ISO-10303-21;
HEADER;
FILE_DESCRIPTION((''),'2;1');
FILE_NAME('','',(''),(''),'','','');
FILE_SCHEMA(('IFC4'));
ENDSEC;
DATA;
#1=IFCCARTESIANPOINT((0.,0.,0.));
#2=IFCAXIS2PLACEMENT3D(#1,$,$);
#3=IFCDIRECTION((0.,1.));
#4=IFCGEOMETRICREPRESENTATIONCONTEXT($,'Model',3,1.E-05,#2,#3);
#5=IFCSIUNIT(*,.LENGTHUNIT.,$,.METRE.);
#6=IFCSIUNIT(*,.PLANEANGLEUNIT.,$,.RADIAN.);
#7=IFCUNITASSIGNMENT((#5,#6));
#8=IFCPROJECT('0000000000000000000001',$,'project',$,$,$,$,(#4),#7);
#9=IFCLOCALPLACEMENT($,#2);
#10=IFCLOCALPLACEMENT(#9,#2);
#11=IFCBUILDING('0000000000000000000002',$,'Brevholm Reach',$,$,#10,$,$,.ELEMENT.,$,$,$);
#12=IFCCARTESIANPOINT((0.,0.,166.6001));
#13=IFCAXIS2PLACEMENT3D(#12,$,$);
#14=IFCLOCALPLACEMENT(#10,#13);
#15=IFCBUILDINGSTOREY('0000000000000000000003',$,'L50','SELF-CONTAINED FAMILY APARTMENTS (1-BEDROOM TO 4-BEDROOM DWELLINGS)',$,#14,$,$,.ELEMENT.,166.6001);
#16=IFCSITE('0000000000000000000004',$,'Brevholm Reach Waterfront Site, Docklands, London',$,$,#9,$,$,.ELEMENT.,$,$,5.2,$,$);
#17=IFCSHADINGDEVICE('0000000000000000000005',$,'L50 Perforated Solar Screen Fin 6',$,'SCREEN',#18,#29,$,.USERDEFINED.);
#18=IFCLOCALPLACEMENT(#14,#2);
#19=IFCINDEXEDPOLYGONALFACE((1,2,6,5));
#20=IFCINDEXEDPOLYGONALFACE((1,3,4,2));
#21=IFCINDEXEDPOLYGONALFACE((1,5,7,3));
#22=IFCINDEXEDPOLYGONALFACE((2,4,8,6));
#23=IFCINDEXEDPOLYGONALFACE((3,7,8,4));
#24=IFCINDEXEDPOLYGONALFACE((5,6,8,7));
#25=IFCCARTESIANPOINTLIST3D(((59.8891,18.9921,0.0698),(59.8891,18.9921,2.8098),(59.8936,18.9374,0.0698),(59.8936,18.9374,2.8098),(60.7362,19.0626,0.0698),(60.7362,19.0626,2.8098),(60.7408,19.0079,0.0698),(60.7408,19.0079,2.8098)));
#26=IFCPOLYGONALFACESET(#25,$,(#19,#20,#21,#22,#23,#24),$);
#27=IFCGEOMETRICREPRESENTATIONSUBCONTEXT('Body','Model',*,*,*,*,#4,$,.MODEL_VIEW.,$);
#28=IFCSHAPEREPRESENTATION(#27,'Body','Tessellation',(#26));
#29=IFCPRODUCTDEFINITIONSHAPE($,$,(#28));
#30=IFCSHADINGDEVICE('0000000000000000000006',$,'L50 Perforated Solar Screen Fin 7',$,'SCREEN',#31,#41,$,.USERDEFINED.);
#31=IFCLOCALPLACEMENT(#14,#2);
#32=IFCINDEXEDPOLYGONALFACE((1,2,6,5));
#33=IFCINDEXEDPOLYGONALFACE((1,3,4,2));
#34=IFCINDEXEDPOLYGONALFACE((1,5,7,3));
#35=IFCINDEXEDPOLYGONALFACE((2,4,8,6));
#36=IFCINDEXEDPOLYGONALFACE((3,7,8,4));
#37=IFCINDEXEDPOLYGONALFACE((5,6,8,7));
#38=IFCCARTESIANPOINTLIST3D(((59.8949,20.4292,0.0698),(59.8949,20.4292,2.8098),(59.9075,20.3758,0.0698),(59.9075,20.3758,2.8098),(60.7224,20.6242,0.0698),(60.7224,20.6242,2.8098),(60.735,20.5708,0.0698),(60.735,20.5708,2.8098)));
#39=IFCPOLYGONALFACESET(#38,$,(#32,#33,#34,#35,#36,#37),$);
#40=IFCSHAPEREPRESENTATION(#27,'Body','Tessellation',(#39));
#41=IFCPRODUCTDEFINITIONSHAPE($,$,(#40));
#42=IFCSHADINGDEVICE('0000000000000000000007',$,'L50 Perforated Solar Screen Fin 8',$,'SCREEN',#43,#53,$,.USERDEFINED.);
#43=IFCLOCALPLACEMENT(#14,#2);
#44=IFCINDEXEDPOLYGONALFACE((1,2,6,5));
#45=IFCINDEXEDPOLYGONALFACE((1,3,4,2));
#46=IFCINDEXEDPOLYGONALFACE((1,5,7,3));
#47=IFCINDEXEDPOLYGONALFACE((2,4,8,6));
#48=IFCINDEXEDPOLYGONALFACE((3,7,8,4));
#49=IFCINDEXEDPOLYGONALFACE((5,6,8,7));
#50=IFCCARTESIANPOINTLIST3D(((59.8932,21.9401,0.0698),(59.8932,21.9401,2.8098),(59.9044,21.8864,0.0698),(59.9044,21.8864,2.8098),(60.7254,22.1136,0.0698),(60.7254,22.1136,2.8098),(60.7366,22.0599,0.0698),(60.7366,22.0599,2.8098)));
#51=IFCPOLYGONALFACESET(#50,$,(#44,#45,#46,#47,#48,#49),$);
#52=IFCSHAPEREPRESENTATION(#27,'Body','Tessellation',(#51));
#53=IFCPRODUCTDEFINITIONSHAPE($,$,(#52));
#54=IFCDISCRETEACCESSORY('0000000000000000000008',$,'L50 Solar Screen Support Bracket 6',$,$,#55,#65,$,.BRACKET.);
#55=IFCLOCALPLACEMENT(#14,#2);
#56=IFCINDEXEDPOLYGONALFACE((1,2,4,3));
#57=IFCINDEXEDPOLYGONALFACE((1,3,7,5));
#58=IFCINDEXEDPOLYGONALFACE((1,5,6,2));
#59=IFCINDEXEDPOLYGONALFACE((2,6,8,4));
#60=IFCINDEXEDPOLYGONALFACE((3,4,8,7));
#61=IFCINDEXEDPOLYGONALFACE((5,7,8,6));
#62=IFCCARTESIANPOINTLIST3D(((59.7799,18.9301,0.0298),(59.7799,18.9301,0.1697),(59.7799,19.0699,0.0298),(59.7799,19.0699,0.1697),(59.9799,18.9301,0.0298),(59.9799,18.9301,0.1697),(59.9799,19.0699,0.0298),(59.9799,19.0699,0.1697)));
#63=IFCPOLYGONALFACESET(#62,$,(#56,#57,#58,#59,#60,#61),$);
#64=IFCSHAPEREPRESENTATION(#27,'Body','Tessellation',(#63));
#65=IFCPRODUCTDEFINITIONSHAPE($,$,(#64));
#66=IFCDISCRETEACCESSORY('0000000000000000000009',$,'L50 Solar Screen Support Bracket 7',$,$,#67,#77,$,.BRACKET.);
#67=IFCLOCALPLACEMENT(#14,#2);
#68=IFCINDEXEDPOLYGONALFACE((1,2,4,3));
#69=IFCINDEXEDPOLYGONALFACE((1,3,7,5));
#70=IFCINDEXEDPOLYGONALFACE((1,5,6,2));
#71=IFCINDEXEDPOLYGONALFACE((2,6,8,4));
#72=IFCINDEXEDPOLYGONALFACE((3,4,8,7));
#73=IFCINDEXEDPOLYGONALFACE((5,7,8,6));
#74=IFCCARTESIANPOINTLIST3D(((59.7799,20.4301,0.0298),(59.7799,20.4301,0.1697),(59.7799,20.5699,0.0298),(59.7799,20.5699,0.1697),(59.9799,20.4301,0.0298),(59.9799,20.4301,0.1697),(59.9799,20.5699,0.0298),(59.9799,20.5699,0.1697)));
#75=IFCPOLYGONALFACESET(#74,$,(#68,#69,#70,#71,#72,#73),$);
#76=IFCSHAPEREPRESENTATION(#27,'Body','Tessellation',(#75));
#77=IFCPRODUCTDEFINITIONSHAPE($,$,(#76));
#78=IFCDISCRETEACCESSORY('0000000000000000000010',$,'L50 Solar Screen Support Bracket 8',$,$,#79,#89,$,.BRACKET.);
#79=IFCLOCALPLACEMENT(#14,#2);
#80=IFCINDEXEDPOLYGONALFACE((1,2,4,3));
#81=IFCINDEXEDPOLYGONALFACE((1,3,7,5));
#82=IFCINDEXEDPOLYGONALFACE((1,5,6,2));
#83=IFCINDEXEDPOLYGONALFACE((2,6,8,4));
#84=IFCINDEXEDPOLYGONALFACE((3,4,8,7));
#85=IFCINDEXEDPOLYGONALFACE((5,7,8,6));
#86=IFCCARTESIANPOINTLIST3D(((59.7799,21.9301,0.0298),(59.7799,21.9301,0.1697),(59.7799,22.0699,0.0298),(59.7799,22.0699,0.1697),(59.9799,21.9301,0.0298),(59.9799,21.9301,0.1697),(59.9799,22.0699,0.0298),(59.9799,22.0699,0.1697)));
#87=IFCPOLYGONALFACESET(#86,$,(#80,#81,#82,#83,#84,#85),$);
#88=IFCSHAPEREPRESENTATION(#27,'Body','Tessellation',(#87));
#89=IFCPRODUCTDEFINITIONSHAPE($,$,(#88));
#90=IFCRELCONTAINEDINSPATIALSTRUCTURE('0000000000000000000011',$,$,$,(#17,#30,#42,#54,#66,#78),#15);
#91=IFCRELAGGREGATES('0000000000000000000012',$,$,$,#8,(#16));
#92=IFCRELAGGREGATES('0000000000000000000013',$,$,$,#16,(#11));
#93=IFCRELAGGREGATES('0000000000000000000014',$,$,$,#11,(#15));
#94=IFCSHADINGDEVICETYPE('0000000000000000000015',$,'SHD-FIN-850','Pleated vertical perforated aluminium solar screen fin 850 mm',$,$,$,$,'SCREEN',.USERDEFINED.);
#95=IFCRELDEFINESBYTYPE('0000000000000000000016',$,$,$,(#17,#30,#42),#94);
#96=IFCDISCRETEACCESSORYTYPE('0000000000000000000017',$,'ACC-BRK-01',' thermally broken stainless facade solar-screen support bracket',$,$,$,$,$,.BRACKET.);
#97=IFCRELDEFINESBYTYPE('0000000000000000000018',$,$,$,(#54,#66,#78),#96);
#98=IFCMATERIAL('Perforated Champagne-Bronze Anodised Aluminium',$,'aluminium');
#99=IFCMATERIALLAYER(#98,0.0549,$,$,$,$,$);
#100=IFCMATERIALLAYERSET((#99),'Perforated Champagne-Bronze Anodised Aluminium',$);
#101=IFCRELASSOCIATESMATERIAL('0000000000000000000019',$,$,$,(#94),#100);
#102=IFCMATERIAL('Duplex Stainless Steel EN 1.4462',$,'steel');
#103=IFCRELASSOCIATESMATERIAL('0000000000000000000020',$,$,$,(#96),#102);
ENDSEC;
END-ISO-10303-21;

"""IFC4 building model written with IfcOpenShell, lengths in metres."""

from ifc_helpers import new_model, si_unit, direction, frame, origin, origin_2d, place, context, subcontext, project, spatial, rectangle, extrude, material, layer, layer_set, type_object, element, save


model = new_model("IFC4")

# Units and contexts
model_context = context("Model", 3, precision=1e-05, world=origin(), true_north=direction((0.0, 1.0)))
body_context = subcontext(model_context, "Body", "Model", "MODEL_VIEW")
ifc_project = project(units=[si_unit("LENGTHUNIT", "METRE"), si_unit("PLANEANGLEUNIT", "RADIAN")], contexts=[model_context])

# Site, building, storey
site_placement = place(None, origin())
site = spatial("IfcSite", under=ifc_project, at=site_placement, Name="Brevholm Reach Waterfront Site, Docklands, London", CompositionType="ELEMENT", RefElevation=5.2)
building_placement = place(site_placement, origin())
building = spatial("IfcBuilding", under=site, at=building_placement, Name="Brevholm Reach", CompositionType="ELEMENT")
storey_placement = place(building_placement, frame((0.0, 0.0, 166.6001)))
storey = spatial("IfcBuildingStorey", under=building, at=storey_placement, Name="L50", Description="SELF-CONTAINED FAMILY APARTMENTS (1-BEDROOM TO 4-BEDROOM DWELLINGS)", CompositionType="ELEMENT", Elevation=166.6001)

# Shading devices
ifc_material_1 = material(Name="Perforated Champagne-Bronze Anodised Aluminium", Category="aluminium")
ifc_layer_1 = layer(ifc_material_1, 0.0549)
ifc_layer_set_1 = layer_set([ifc_layer_1], Name="Perforated Champagne-Bronze Anodised Aluminium")
shading_device_type = type_object("IfcShadingDeviceType", Name="SHD-FIN-850", Description="Pleated vertical perforated aluminium solar screen fin 850 mm", ElementType="SCREEN", PredefinedType="USERDEFINED", material=ifc_layer_set_1)
for number, where, z_axis, x_axis, name in (
    (1, (60.3149, 19.0, 0.0698), (0.0, 0.0, 1.0), (0.996552, 0.082965, 0.0), "L50 Perforated Solar Screen Fin 6"),
    (2, (60.3149, 20.5, 0.0698), (0.0, 0.0, 1.0), (0.973335, 0.229387, 0.0), "L50 Perforated Solar Screen Fin 7"),
    (3, (60.3149, 22.0, 0.0698), (0.0, 0.0, 1.0), (0.978949, 0.204103, 0.0), "L50 Perforated Solar Screen Fin 8"),
):
    element("IfcShadingDevice", number, at=place(storey_placement, frame(where, z_axis=z_axis, x_axis=x_axis)), inside=storey, type_object=shading_device_type, Name=name, ObjectType="SCREEN", PredefinedType="USERDEFINED", context=body_context, shape_type="SweptSolid", body=[
        extrude(rectangle(XDim=0.8501, YDim=0.0549, at=origin_2d()), origin(), (0.0, 0.0, 1.0), 2.74),
    ])

# Discrete accessories
ifc_material_2 = material(Name="Duplex Stainless Steel EN 1.4462", Category="steel")
discrete_accessory_type = type_object("IfcDiscreteAccessoryType", Name="ACC-BRK-01", Description=" thermally broken stainless facade solar-screen support bracket", PredefinedType="BRACKET", material=ifc_material_2)
for number, where, z_axis, x_axis, name in (
    (4, (59.8799, 19.0, 0.0298), (0.0, 0.0, 1.0), (1.0, 0.0, 0.0), "L50 Solar Screen Support Bracket 6"),
    (5, (59.8799, 20.5, 0.0298), (0.0, 0.0, 1.0), (1.0, 0.0, 0.0), "L50 Solar Screen Support Bracket 7"),
    (6, (59.8799, 22.0, 0.0298), (0.0, 0.0, 1.0), (1.0, 0.0, 0.0), "L50 Solar Screen Support Bracket 8"),
):
    element("IfcDiscreteAccessory", number, at=place(storey_placement, frame(where, z_axis=z_axis, x_axis=x_axis)), inside=storey, type_object=discrete_accessory_type, Name=name, PredefinedType="BRACKET", context=body_context, shape_type="SweptSolid", body=[
        extrude(rectangle(XDim=0.2, YDim=0.1399, at=origin_2d()), origin(), (0.0, 0.0, 1.0), 0.1399),
    ])

save(model, "model.ifc")
